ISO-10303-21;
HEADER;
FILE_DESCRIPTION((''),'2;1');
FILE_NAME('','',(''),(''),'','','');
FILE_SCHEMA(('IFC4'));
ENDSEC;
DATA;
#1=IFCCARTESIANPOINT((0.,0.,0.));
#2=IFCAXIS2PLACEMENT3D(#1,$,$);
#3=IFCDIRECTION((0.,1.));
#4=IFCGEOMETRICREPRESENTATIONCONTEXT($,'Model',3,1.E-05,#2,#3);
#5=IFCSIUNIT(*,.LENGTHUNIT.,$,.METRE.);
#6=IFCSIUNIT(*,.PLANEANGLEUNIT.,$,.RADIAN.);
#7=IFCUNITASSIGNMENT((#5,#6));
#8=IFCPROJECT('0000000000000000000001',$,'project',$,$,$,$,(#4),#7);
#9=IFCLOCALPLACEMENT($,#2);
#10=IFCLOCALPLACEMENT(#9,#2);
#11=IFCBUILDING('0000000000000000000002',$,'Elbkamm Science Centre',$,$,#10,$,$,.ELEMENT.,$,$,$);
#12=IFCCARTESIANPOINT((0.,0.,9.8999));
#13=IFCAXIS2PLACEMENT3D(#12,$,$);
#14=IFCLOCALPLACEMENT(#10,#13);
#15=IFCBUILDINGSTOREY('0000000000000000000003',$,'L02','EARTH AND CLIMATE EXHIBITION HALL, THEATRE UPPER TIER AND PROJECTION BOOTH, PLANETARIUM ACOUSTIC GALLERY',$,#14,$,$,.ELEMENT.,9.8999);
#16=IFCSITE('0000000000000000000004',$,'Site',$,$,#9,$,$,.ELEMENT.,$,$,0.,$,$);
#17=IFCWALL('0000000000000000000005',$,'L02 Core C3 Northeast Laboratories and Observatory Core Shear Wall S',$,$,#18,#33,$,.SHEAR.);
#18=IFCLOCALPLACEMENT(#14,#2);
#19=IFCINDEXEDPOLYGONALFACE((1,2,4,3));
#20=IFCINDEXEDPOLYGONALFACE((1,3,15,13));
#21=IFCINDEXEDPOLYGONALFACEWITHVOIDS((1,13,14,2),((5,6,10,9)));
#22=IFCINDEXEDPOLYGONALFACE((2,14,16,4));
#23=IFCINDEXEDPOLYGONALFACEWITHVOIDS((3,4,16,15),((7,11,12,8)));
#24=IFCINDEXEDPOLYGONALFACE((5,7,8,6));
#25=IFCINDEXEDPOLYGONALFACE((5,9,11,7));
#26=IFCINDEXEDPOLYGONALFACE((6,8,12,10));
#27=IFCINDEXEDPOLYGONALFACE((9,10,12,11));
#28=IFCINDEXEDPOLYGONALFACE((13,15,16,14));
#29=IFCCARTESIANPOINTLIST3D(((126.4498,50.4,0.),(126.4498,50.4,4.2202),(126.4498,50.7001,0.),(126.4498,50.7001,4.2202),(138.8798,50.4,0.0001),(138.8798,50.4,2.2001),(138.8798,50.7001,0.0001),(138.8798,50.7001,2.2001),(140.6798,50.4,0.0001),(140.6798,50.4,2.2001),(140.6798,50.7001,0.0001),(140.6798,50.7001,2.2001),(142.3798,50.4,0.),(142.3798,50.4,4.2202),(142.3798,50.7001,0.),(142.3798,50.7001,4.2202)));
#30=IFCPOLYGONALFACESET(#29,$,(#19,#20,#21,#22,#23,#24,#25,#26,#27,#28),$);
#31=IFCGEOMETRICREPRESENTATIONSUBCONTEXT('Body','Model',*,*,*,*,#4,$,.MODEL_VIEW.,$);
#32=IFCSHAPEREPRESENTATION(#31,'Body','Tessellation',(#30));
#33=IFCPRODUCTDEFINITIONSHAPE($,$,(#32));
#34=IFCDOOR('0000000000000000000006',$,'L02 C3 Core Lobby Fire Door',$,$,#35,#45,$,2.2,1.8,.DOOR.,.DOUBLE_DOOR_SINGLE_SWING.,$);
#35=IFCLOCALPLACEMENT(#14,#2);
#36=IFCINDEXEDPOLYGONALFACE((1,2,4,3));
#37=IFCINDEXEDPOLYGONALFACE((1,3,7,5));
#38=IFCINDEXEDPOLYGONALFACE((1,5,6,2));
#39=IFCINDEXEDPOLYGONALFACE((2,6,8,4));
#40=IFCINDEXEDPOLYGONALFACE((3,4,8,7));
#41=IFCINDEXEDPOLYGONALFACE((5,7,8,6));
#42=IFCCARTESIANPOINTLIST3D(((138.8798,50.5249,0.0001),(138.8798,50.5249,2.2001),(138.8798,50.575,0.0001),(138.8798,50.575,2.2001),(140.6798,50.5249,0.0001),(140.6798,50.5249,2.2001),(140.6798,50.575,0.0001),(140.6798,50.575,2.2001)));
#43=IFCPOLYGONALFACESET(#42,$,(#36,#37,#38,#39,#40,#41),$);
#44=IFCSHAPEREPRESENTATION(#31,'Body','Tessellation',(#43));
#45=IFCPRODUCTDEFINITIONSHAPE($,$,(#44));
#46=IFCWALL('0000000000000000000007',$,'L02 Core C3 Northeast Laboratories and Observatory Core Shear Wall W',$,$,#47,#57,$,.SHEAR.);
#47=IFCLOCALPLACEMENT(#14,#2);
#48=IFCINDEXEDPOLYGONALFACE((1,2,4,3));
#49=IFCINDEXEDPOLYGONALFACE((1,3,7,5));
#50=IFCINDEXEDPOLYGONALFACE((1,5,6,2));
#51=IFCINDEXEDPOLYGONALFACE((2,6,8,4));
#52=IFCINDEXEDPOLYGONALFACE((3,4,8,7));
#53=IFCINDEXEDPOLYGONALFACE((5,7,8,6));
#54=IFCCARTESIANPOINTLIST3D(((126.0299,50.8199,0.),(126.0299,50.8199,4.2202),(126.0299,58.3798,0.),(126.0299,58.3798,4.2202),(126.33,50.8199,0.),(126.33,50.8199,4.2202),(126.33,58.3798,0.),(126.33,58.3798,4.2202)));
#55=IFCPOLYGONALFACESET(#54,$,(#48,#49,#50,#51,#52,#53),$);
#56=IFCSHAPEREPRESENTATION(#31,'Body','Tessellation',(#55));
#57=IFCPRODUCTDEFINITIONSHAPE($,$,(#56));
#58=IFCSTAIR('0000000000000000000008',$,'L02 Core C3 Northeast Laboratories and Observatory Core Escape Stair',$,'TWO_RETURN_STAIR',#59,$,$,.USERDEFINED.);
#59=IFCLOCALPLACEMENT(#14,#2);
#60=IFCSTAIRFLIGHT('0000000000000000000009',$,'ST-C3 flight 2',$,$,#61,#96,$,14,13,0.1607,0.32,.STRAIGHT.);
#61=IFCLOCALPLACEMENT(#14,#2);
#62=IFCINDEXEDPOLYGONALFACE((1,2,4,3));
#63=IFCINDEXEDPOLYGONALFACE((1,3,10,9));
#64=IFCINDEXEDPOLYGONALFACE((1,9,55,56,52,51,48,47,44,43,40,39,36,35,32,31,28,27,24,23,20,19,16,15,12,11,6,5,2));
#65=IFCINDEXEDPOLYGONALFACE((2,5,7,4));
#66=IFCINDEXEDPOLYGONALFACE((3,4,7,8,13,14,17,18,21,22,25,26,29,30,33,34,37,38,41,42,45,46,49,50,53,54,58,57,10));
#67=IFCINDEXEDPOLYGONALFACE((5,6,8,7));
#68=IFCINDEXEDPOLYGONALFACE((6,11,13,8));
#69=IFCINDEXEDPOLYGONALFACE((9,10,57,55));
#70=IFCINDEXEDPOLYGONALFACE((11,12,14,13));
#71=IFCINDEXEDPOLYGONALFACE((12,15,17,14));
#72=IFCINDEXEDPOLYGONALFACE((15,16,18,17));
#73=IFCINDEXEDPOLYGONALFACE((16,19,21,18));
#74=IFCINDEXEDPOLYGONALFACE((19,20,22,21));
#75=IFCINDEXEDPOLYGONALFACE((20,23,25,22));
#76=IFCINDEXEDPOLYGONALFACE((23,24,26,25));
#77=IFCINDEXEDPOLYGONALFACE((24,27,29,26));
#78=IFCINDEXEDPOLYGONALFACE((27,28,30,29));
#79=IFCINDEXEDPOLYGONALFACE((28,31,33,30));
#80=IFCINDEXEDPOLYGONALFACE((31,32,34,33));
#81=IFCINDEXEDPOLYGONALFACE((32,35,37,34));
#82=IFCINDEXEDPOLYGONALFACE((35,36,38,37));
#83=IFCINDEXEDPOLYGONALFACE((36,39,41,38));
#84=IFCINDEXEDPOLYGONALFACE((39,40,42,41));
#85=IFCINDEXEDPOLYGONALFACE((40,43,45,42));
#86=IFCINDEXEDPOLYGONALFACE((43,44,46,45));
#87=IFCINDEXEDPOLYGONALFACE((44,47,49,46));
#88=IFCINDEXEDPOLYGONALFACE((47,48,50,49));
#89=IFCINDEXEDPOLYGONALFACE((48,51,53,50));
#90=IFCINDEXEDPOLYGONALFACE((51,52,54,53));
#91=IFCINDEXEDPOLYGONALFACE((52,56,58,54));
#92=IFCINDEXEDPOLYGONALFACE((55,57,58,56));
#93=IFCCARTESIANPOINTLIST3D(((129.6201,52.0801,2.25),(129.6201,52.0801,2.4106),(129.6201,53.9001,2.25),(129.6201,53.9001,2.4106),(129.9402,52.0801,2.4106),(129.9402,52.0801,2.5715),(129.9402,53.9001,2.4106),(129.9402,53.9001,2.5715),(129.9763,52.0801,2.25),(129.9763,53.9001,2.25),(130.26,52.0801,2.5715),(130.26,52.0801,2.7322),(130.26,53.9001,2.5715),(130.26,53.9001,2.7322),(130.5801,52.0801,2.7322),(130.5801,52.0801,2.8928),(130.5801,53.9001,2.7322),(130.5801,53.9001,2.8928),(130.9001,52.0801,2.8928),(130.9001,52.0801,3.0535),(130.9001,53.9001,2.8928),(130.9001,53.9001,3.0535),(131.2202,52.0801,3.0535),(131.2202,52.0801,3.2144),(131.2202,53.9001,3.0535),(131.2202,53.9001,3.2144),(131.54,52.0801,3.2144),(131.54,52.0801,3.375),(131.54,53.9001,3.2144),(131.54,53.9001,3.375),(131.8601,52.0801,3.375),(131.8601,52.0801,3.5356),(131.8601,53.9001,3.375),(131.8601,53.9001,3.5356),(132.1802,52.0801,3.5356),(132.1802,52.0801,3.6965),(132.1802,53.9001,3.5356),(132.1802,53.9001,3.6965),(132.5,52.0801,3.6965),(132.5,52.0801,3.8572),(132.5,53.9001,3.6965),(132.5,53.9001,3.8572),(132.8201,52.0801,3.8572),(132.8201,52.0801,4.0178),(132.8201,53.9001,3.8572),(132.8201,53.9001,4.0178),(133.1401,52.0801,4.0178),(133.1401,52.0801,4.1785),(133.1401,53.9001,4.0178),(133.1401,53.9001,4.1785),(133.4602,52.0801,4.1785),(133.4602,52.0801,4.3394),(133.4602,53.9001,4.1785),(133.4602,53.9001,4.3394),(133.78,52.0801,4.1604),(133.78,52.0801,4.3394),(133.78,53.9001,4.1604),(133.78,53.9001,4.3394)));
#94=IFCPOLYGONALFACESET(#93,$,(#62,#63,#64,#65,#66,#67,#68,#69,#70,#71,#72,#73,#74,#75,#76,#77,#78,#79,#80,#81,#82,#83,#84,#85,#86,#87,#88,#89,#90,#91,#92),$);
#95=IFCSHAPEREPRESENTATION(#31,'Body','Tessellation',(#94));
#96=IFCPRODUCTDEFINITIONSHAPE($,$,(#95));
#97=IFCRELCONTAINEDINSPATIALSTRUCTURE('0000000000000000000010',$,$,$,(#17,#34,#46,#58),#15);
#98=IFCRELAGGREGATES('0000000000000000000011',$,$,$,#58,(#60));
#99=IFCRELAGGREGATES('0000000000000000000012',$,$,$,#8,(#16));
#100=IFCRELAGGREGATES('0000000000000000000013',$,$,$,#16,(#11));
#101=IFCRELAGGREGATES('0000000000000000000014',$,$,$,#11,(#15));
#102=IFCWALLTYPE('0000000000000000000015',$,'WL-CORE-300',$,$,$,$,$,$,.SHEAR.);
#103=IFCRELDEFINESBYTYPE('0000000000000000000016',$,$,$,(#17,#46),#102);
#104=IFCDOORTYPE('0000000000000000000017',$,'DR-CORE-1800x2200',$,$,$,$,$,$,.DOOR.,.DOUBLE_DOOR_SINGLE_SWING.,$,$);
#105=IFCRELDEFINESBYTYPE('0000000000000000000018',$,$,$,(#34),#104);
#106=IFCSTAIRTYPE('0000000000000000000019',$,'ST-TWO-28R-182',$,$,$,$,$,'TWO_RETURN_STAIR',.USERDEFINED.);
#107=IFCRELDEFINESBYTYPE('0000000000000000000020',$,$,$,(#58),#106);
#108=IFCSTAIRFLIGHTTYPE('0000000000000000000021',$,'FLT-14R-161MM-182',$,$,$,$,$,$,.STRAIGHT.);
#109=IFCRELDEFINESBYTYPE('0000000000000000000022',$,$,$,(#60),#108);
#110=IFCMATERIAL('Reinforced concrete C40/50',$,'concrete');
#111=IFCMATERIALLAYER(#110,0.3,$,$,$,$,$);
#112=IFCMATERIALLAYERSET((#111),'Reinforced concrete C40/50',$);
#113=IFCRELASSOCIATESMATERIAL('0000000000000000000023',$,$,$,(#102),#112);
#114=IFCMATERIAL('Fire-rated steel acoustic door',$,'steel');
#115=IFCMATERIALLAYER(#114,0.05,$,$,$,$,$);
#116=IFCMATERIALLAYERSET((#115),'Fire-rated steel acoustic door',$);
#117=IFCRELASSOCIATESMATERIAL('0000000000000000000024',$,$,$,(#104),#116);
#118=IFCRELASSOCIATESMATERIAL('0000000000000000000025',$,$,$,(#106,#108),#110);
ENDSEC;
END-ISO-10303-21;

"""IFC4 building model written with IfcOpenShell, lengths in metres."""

from ifc_helpers import new_model, si_unit, direction, frame, frame_2d, origin, place, context, subcontext, project, spatial, polyline, rectangle, outline, extrude, material, layer, layer_set, type_object, element, fill, aggregate, save


model = new_model("IFC4")

# Units and contexts
model_context = context("Model", 3, precision=1e-05, world=origin(), true_north=direction((0.0, 1.0)))
body_context = subcontext(model_context, "Body", "Model", "MODEL_VIEW")
ifc_project = project(units=[si_unit("LENGTHUNIT", "METRE"), si_unit("PLANEANGLEUNIT", "RADIAN")], contexts=[model_context])

# Site, building, storey
site_placement = place(None, origin())
site = spatial("IfcSite", under=ifc_project, at=site_placement, Name="Site", CompositionType="ELEMENT", RefElevation=0.0)
building_placement = place(site_placement, origin())
building = spatial("IfcBuilding", under=site, at=building_placement, Name="Elbkamm Science Centre", CompositionType="ELEMENT")
storey_placement = place(building_placement, frame((0.0, 0.0, 9.8999)))
storey = spatial("IfcBuildingStorey", under=building, at=storey_placement, Name="L02", Description="EARTH AND CLIMATE EXHIBITION HALL, THEATRE UPPER TIER AND PROJECTION BOOTH, PLANETARIUM ACOUSTIC GALLERY", CompositionType="ELEMENT", Elevation=9.8999)

# Shared definitions
ifc_material_1 = material(Name="Reinforced concrete C40/50", Category="concrete")

# Wall, opening, door
ifc_layer_1 = layer(ifc_material_1, 0.3)
ifc_layer_set_1 = layer_set([ifc_layer_1], Name="Reinforced concrete C40/50")
wall_type_1 = type_object("IfcWallType", Name="WL-CORE-300", PredefinedType="SHEAR", material=ifc_layer_set_1)
wall_1_placement = place(storey_placement, frame((126.45, 50.55, 0.0), z_axis=(0.0, 0.0, 1.0), x_axis=(1.0, 0.0, 0.0)))
wall_1 = element("IfcWall", 1, at=wall_1_placement, inside=storey, type_object=wall_type_1, Name="L02 Core C3 Northeast Laboratories and Observatory Core Shear Wall S", PredefinedType="SHEAR", context=body_context, shape_type="SweptSolid", body=[
    extrude(rectangle(XDim=15.9299, YDim=0.3, at=frame_2d((7.9648, 0.0))), origin(), (0.0, 0.0, 1.0), 4.2202),
])
opening_placement = place(wall_1_placement, frame((12.4299, 0.0, 0.0)))
opening = element("IfcOpeningElement", 2, at=opening_placement, cuts=wall_1, PredefinedType="OPENING", context=body_context, shape_type="SweptSolid", body=[
    extrude(rectangle(XDim=1.8, YDim=2.2, at=frame_2d((0.8999, 1.1001))), frame((0.0, 0.1621, 0.0), z_axis=(0.0, -1.0, 0.0), x_axis=(1.0, 0.0, 0.0)), (0.0, 0.0, 1.0), 0.324),
])
ifc_material_2 = material(Name="Fire-rated steel acoustic door", Category="steel")
ifc_layer_2 = layer(ifc_material_2, 0.05)
ifc_layer_set_2 = layer_set([ifc_layer_2], Name="Fire-rated steel acoustic door")
door_type = type_object("IfcDoorType", Name="DR-CORE-1800x2200", OperationType="DOUBLE_DOOR_SINGLE_SWING", PredefinedType="DOOR", material=ifc_layer_set_2)
door_placement = place(opening_placement, origin())
door = element("IfcDoor", 3, at=door_placement, inside=storey, type_object=door_type, Name="L02 C3 Core Lobby Fire Door", OperationType="DOUBLE_DOOR_SINGLE_SWING", OverallHeight=2.2, OverallWidth=1.8, PredefinedType="DOOR", context=body_context, shape_type="SweptSolid", body=[
    extrude(rectangle(XDim=1.8, YDim=2.2, at=frame_2d((0.8999, 1.1001))), frame((0.0, 0.0249, 0.0), z_axis=(0.0, -1.0, 0.0), x_axis=(1.0, 0.0, 0.0)), (0.0, 0.0, 1.0), 0.05),
])
fill(opening, door)

# Wall
wall_2_placement = place(storey_placement, frame((126.1799, 50.8201, 0.0), z_axis=(0.0, 0.0, 1.0), x_axis=(0.0, 1.0, 0.0)))
element("IfcWall", 4, at=wall_2_placement, inside=storey, type_object=wall_type_1, Name="L02 Core C3 Northeast Laboratories and Observatory Core Shear Wall W", PredefinedType="SHEAR", context=body_context, shape_type="SweptSolid", body=[
    extrude(rectangle(XDim=7.5598, YDim=0.3, at=frame_2d((3.7798, 0.0))), origin(), (0.0, 0.0, 1.0), 4.2202),
])

# Stair, stair flight
stair_type = type_object("IfcStairType", Name="ST-TWO-28R-182", ElementType="TWO_RETURN_STAIR", PredefinedType="USERDEFINED", material=ifc_material_1)
stair_placement = place(storey_placement, origin())
stair = element("IfcStair", 5, at=stair_placement, inside=storey, type_object=stair_type, Name="L02 Core C3 Northeast Laboratories and Observatory Core Escape Stair", ObjectType="TWO_RETURN_STAIR", PredefinedType="USERDEFINED")
stair_flight_type = type_object("IfcStairFlightType", Name="FLT-14R-161MM-182", PredefinedType="STRAIGHT", material=ifc_material_1)
stair_flight_placement = place(storey_placement, frame((129.6201, 52.99, 2.25), z_axis=(0.0, 0.0, 1.0), x_axis=(1.0, 0.0, 0.0)))
stair_flight = element("IfcStairFlight", 6, at=stair_flight_placement, type_object=stair_flight_type, Name="ST-C3 flight 2", NumberOfRisers=14, NumberOfTreads=13, PredefinedType="STRAIGHT", RiserHeight=0.1607, TreadLength=0.32, context=body_context, shape_type="SweptSolid", body=[
    extrude(outline(polyline([(0.0, 0.0), (0.0, 0.1606), (0.3201, 0.1606), (0.3201, 0.3215), (0.6399, 0.3215), (0.6399, 0.4822), (0.96, 0.4822), (0.96, 0.6428), (1.28, 0.6428), (1.28, 0.8035), (1.6001, 0.8035), (1.6001, 0.9644), (1.9199, 0.9644), (1.9199, 1.125), (2.24, 1.125), (2.24, 1.2856), (2.5601, 1.2856), (2.5601, 1.4465), (2.8799, 1.4465), (2.8799, 1.6072), (3.2, 1.6072), (3.2, 1.7678), (3.52, 1.7678), (3.52, 1.9285), (3.8401, 1.9285), (3.8401, 2.0894), (4.1599, 2.0894), (4.1599, 2.25), (4.1599, 1.9104), (0.3562, 0.0), (0.0, 0.0)])), frame((0.0, 0.9102, 0.0), z_axis=(0.0, -1.0, 0.0), x_axis=(1.0, 0.0, 0.0)), (0.0, 0.0, 1.0), 1.8201),
])
aggregate(stair, [stair_flight])

save(model, "model.ifc")
